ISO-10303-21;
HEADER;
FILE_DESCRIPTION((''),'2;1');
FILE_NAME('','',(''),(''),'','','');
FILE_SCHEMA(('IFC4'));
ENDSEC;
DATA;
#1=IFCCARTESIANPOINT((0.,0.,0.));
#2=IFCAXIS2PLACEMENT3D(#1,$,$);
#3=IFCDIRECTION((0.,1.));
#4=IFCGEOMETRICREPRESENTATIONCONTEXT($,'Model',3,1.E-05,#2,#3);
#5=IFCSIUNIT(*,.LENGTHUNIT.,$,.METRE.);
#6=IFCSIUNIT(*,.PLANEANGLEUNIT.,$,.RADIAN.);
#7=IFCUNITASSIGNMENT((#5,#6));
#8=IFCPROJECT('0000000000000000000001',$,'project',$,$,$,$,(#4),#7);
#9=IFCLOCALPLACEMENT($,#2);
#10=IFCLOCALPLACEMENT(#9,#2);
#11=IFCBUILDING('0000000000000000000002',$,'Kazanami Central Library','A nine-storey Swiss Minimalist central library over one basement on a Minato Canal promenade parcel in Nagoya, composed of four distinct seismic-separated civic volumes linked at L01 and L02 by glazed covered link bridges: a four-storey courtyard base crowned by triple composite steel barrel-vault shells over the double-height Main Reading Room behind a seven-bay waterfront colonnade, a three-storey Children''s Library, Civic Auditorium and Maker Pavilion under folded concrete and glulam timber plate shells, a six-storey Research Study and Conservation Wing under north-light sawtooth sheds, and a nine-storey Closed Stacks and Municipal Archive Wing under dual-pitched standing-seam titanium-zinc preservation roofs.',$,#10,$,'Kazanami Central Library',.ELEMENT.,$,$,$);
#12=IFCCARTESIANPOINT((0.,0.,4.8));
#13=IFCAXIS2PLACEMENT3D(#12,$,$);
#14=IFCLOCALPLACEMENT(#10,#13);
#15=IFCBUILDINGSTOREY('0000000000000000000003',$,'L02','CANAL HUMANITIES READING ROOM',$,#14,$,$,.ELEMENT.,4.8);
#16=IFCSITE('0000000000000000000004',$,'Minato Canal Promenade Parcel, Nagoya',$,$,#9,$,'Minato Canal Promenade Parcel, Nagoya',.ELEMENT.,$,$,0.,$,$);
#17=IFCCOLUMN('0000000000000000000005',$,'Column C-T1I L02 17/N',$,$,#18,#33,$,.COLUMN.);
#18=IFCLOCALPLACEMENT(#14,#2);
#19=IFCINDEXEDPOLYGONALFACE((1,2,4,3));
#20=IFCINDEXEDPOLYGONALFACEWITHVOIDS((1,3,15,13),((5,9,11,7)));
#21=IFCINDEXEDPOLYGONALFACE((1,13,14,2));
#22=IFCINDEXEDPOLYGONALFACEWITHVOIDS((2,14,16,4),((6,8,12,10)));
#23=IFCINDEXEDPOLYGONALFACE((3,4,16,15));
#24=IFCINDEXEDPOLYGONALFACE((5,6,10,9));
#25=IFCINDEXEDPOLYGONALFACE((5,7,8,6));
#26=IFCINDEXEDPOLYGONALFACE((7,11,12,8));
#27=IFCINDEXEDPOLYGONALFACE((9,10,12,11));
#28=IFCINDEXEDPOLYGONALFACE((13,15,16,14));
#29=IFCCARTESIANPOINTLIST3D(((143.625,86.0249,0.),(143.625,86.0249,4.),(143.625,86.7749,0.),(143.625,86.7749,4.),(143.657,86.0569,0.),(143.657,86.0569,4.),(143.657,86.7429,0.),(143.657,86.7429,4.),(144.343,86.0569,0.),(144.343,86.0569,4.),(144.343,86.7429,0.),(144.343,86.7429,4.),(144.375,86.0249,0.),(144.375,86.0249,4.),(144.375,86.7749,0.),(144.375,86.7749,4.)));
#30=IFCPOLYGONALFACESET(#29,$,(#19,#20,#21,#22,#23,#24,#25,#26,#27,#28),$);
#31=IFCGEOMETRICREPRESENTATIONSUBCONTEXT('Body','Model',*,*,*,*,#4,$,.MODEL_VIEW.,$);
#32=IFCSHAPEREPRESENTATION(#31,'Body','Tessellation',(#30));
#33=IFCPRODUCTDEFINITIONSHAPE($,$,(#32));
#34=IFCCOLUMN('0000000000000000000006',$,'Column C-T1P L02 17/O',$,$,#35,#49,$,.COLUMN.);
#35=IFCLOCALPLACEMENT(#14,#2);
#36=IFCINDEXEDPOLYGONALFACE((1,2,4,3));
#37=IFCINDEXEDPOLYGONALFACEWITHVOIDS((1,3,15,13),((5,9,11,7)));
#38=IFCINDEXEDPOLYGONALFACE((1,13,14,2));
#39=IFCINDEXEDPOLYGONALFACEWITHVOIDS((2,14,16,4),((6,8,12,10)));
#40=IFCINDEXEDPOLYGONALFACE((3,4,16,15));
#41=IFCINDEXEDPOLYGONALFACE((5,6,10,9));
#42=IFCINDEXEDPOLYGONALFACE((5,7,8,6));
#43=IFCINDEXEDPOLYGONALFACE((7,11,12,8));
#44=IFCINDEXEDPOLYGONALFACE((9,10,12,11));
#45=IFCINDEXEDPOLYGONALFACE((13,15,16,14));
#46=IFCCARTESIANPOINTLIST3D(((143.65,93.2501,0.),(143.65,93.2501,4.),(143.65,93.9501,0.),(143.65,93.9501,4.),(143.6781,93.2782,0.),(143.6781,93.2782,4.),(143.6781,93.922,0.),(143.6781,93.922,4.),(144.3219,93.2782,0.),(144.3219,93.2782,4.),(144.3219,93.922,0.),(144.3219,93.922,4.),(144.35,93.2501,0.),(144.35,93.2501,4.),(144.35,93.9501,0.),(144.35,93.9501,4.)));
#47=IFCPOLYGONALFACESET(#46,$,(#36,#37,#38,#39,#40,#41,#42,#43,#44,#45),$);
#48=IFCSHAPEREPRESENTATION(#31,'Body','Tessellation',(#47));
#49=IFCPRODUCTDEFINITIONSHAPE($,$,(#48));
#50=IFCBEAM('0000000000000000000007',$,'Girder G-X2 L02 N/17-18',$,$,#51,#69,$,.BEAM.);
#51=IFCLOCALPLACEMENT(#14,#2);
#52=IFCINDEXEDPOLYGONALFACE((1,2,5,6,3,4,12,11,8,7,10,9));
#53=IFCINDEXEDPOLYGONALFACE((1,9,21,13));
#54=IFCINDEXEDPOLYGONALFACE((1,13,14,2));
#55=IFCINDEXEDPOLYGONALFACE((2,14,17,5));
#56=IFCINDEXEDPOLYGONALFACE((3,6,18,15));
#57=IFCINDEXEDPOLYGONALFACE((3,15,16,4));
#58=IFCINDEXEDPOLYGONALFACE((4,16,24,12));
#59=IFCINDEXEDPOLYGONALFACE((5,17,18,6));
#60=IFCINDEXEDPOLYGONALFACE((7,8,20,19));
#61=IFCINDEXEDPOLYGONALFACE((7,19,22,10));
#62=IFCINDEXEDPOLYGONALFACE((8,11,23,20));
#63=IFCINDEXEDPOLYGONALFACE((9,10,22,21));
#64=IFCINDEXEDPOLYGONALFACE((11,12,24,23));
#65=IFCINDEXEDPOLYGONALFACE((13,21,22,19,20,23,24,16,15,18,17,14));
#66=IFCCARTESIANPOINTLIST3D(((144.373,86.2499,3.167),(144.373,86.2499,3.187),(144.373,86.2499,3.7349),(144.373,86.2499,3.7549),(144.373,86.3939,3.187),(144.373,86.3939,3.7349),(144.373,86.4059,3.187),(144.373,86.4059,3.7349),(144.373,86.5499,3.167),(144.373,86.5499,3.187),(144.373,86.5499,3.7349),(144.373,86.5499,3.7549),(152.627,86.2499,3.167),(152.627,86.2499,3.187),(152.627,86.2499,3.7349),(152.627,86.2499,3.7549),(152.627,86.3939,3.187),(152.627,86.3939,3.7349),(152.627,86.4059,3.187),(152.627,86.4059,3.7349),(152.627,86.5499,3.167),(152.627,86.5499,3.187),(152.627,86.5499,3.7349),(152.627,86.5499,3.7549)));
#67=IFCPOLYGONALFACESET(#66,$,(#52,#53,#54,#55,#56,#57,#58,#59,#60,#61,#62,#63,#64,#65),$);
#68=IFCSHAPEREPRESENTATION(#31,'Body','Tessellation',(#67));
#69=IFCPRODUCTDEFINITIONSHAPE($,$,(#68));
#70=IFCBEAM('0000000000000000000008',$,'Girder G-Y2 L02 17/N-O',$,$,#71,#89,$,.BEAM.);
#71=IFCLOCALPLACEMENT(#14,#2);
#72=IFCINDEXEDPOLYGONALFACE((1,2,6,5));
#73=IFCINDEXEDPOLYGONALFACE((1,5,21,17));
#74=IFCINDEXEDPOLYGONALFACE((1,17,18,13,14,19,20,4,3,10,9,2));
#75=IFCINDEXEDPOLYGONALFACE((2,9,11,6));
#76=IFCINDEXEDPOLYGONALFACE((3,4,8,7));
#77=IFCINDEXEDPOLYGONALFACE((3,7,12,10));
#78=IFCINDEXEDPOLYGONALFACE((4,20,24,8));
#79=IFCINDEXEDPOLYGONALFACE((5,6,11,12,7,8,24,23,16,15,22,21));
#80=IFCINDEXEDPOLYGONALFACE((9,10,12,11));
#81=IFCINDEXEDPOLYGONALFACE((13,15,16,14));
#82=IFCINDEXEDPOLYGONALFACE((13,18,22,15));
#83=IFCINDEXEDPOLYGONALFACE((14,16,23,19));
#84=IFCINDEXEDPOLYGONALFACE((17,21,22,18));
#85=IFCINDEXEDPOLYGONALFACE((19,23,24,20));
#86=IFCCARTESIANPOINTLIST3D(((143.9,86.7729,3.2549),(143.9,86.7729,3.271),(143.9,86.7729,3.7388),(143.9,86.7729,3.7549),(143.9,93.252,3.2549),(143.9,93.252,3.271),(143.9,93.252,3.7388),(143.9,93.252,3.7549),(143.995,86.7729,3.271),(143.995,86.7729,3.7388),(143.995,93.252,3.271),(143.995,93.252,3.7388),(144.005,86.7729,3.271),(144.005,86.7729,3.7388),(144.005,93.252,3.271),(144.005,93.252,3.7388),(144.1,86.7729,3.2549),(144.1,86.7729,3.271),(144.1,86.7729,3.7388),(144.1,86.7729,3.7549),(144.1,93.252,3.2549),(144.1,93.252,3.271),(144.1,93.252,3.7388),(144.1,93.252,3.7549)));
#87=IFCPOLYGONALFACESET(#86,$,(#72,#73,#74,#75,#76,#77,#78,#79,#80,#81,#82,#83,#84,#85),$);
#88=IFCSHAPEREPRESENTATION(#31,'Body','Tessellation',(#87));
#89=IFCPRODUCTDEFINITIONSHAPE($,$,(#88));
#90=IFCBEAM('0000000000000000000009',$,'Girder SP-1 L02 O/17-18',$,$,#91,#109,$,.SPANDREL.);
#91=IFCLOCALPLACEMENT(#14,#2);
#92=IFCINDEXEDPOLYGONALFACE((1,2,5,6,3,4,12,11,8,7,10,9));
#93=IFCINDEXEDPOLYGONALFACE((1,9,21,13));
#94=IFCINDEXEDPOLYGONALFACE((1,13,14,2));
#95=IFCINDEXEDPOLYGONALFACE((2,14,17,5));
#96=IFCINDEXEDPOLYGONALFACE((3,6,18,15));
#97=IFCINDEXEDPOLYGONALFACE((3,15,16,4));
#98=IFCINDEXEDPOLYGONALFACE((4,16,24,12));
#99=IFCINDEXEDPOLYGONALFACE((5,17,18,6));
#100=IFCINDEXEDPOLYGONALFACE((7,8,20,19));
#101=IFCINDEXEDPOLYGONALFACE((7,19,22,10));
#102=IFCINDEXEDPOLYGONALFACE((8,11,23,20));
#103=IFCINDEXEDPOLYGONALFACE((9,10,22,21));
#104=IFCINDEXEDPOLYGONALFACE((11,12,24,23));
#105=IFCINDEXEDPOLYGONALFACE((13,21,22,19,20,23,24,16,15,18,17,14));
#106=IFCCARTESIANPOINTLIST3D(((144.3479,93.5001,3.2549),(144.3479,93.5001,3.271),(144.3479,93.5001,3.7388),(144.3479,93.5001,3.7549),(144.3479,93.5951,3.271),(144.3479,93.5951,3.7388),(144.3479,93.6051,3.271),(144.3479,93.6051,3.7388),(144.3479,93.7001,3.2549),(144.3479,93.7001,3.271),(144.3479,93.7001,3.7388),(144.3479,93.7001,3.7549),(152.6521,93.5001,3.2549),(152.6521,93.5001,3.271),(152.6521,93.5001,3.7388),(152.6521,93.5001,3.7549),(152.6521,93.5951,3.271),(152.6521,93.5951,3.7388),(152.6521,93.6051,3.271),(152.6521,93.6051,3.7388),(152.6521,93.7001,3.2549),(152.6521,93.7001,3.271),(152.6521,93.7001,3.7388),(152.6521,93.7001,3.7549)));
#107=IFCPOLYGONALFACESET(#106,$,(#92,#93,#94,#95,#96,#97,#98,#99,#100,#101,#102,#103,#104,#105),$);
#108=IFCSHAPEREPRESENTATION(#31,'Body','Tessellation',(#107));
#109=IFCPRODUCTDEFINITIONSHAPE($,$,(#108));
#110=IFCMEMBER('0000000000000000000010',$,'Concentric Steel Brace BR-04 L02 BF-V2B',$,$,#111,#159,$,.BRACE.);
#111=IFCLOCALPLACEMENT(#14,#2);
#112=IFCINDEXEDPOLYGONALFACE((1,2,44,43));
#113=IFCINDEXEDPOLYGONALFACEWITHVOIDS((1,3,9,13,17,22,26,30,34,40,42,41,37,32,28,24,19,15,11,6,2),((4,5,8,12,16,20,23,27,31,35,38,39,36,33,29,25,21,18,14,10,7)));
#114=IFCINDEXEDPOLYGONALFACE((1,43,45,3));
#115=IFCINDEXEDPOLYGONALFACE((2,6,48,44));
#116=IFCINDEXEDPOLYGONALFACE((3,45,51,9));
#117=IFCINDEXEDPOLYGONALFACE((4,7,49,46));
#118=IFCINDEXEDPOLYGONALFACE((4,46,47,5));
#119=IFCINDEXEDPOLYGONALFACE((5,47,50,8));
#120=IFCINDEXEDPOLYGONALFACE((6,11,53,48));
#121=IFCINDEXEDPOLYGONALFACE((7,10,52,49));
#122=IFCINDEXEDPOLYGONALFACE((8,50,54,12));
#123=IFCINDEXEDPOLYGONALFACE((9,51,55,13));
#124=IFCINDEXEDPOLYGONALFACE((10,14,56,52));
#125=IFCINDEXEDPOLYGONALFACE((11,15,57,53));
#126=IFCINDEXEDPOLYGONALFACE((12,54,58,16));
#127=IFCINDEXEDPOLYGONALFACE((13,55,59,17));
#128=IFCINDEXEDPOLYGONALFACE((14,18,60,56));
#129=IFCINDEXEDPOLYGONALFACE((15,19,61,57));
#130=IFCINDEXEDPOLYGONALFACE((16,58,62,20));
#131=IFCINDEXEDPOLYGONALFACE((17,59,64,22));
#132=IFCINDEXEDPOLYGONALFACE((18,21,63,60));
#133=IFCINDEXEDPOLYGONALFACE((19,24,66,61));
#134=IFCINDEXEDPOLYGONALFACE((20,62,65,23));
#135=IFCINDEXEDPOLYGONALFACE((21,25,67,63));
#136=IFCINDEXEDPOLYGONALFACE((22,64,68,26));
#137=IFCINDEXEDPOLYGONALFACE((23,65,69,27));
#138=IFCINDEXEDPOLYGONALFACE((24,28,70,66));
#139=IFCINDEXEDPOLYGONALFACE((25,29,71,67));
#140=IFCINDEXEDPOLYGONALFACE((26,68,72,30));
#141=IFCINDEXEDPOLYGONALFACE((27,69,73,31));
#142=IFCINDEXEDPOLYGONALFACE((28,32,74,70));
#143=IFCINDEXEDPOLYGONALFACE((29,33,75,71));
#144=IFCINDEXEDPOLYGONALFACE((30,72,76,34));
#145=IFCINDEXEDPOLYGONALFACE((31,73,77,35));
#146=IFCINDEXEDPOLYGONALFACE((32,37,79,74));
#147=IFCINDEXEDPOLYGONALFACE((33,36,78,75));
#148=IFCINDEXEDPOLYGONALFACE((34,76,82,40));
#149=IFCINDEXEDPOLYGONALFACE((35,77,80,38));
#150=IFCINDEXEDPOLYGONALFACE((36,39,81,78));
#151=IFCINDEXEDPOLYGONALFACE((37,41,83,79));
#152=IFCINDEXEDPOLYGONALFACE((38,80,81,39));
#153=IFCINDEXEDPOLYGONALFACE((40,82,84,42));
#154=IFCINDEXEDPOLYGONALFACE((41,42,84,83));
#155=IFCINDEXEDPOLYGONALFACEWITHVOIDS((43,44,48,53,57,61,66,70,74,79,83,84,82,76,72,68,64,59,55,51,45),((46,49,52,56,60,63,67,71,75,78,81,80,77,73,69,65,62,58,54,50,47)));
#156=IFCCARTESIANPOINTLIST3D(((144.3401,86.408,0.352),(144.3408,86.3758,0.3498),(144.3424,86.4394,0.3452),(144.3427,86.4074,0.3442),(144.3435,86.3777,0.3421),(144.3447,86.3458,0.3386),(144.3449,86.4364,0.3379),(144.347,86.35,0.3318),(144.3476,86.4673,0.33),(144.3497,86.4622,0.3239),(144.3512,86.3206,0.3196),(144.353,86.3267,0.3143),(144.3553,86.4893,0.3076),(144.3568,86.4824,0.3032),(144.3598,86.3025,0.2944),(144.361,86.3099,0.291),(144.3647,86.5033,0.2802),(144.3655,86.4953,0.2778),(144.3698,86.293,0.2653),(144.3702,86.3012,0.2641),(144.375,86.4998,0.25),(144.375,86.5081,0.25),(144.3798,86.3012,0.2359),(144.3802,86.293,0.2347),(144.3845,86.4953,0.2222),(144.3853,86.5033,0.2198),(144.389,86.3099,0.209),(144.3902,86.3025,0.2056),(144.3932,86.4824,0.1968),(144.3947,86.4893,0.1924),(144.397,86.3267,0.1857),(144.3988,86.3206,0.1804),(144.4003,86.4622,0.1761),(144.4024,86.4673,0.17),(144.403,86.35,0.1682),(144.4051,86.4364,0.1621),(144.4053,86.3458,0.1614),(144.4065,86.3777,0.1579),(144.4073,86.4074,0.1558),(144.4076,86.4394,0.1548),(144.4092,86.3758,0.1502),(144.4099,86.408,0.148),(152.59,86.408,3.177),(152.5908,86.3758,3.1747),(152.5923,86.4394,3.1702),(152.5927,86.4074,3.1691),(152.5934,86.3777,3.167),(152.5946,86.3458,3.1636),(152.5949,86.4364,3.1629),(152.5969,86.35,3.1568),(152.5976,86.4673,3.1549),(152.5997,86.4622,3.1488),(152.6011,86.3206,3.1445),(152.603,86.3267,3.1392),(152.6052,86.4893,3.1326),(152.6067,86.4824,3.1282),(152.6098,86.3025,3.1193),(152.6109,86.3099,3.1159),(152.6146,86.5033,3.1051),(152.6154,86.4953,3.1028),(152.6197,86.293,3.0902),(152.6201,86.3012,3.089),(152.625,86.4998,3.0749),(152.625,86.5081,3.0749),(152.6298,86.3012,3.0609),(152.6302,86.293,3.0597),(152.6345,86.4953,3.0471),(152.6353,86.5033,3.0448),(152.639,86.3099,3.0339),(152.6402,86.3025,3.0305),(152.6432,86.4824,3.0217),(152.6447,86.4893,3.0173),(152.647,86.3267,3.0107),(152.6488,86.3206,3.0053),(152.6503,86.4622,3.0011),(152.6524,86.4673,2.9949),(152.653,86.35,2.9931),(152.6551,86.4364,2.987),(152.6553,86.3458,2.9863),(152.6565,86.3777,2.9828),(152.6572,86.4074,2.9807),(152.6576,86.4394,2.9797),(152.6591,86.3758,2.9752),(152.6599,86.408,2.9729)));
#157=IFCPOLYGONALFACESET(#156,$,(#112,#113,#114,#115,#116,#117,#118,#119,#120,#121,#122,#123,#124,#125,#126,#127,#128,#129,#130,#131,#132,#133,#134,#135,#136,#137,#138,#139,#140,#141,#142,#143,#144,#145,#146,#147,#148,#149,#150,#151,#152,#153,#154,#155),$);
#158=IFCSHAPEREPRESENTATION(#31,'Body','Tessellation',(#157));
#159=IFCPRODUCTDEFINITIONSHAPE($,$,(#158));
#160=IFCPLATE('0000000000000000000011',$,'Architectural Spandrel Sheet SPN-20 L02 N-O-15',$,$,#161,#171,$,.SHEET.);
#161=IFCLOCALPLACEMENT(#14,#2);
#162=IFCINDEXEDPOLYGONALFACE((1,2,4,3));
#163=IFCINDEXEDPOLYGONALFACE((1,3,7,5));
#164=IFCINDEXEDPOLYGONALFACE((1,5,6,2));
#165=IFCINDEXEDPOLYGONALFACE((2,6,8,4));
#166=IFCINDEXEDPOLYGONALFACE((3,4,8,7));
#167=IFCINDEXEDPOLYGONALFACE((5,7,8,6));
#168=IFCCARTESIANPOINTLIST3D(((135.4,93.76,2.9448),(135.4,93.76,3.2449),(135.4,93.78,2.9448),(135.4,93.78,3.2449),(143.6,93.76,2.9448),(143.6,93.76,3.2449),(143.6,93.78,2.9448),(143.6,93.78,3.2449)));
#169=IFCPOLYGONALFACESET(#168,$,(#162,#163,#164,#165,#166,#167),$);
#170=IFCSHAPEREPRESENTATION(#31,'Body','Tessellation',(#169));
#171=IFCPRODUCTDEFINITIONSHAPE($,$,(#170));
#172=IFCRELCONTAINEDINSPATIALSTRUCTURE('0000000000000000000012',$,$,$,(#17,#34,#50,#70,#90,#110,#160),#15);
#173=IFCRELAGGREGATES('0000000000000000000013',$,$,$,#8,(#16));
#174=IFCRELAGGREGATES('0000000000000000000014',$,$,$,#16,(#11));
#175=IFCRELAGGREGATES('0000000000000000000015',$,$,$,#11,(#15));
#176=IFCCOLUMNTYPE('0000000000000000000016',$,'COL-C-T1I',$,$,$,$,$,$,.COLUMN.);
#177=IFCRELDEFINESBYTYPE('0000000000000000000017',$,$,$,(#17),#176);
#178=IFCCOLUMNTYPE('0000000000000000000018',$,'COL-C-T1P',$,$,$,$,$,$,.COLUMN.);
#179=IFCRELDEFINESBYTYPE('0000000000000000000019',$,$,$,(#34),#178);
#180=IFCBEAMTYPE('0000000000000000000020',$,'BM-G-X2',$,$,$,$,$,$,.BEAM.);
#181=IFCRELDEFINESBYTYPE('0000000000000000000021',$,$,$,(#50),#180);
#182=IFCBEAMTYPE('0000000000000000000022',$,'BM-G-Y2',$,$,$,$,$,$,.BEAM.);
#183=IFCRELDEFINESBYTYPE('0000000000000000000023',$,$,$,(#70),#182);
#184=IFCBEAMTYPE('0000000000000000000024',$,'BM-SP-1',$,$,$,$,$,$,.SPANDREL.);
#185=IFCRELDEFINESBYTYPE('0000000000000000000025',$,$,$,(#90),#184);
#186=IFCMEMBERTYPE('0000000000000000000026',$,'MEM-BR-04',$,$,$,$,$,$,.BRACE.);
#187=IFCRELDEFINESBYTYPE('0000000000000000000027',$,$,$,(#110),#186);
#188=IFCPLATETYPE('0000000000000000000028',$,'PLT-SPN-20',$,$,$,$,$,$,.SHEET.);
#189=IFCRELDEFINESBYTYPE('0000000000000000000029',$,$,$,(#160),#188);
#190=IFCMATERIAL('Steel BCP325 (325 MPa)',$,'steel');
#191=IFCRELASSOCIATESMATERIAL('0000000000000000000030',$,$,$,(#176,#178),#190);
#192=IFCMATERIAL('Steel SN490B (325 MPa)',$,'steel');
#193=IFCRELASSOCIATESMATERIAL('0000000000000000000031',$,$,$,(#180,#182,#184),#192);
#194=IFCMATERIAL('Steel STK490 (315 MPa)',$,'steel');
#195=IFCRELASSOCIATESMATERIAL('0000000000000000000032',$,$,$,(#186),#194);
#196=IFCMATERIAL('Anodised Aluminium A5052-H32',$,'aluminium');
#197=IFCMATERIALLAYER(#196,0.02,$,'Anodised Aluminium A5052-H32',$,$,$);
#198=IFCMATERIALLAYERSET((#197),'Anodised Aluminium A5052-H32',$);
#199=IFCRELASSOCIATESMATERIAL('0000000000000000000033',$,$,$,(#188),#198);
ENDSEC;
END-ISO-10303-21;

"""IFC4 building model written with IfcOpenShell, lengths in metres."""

from ifc_helpers import new_model, si_unit, direction, frame, origin, origin_2d, place, context, subcontext, project, spatial, rectangle, hollow_rectangle, hollow_circle, i_section, extrude, material, layer, layer_set, material_profile, profile_set, type_object, element, save


model = new_model("IFC4")

# Units and contexts
model_context = context("Model", 3, precision=1e-05, world=origin(), true_north=direction((0.0, 1.0)))
body_context = subcontext(model_context, "Body", "Model", "MODEL_VIEW")
ifc_project = project(units=[si_unit("LENGTHUNIT", "METRE"), si_unit("PLANEANGLEUNIT", "RADIAN")], contexts=[model_context])

# Site, building, storey
site_placement = place(None, origin())
site = spatial("IfcSite", under=ifc_project, at=site_placement, Name="Minato Canal Promenade Parcel, Nagoya", LongName="Minato Canal Promenade Parcel, Nagoya", CompositionType="ELEMENT", RefElevation=0.0)
building_placement = place(site_placement, origin())
building = spatial("IfcBuilding", under=site, at=building_placement, Name="Kazanami Central Library", Description="A nine-storey Swiss Minimalist central library over one basement on a Minato Canal promenade parcel in Nagoya, composed of four distinct seismic-separated civic volumes linked at L01 and L02 by glazed covered link bridges: a four-storey courtyard base crowned by triple composite steel barrel-vault shells over the double-height Main Reading Room behind a seven-bay waterfront colonnade, a three-storey Children's Library, Civic Auditorium and Maker Pavilion under folded concrete and glulam timber plate shells, a six-storey Research Study and Conservation Wing under north-light sawtooth sheds, and a nine-storey Closed Stacks and Municipal Archive Wing under dual-pitched standing-seam titanium-zinc preservation roofs.", LongName="Kazanami Central Library", CompositionType="ELEMENT")
storey_placement = place(building_placement, frame((0.0, 0.0, 4.8)))
storey = spatial("IfcBuildingStorey", under=building, at=storey_placement, Name="L02", Description="CANAL HUMANITIES READING ROOM", CompositionType="ELEMENT", Elevation=4.8)

# Columns
ifc_material_1 = material(Name="Steel BCP325 (325 MPa)", Category="steel")
ifc_material_profile_1 = material_profile(ifc_material_1, hollow_rectangle(XDim=0.75, YDim=0.75, WallThickness=0.032, at=origin_2d()), Name="BCP-750x750x32")
ifc_profile_set_1 = profile_set([ifc_material_profile_1], Name="Steel BCP325 (325 MPa)")
column_type_1 = type_object("IfcColumnType", Name="COL-C-T1I", PredefinedType="COLUMN", material=ifc_profile_set_1)
column_1_placement = place(storey_placement, frame((144.0, 86.3999, 0.0), z_axis=(0.0, 0.0, 1.0), x_axis=(1.0, 0.0, 0.0)))
element("IfcColumn", 1, at=column_1_placement, inside=storey, type_object=column_type_1, Name="Column C-T1I L02 17/N", PredefinedType="COLUMN", context=body_context, shape_type="SweptSolid", body=[
    extrude(hollow_rectangle(XDim=0.75, YDim=0.75, WallThickness=0.032, at=origin_2d()), origin(), (0.0, 0.0, 1.0), 4.0),
])
ifc_material_profile_2 = material_profile(ifc_material_1, hollow_rectangle(XDim=0.7, YDim=0.7, WallThickness=0.0281, at=origin_2d()), Name="BCP-700x700x28")
ifc_profile_set_2 = profile_set([ifc_material_profile_2], Name="Steel BCP325 (325 MPa)")
column_type_2 = type_object("IfcColumnType", Name="COL-C-T1P", PredefinedType="COLUMN", material=ifc_profile_set_2)
column_2_placement = place(storey_placement, frame((144.0, 93.6001, 0.0), z_axis=(0.0, 0.0, 1.0), x_axis=(1.0, 0.0, 0.0)))
element("IfcColumn", 2, at=column_2_placement, inside=storey, type_object=column_type_2, Name="Column C-T1P L02 17/O", PredefinedType="COLUMN", context=body_context, shape_type="SweptSolid", body=[
    extrude(hollow_rectangle(XDim=0.7, YDim=0.7, WallThickness=0.0281, at=origin_2d()), origin(), (0.0, 0.0, 1.0), 4.0),
])

# Beams
ifc_material_2 = material(Name="Steel SN490B (325 MPa)", Category="steel")
ifc_material_profile_3 = material_profile(ifc_material_2, i_section(OverallWidth=0.3, OverallDepth=0.5879, WebThickness=0.012, FlangeThickness=0.02, at=origin_2d()), Name="H-588x300x12x20")
ifc_profile_set_3 = profile_set([ifc_material_profile_3], Name="Steel SN490B (325 MPa)")
beam_type_1 = type_object("IfcBeamType", Name="BM-G-X2", PredefinedType="BEAM", material=ifc_profile_set_3)
beam_1_placement = place(storey_placement, frame((144.373, 86.3999, 3.4609), z_axis=(1.0, 0.0, 0.0), x_axis=(0.0, 1.0, 0.0)))
element("IfcBeam", 3, at=beam_1_placement, inside=storey, type_object=beam_type_1, Name="Girder G-X2 L02 N/17-18", PredefinedType="BEAM", context=body_context, shape_type="SweptSolid", body=[
    extrude(i_section(OverallWidth=0.3, OverallDepth=0.5879, WebThickness=0.012, FlangeThickness=0.02, at=origin_2d()), origin(), (0.0, 0.0, 1.0), 8.2539),
])
ifc_material_profile_4 = material_profile(ifc_material_2, i_section(OverallWidth=0.2, OverallDepth=0.5, WebThickness=0.01, FlangeThickness=0.0161, at=origin_2d()), Name="H-500x200x10x16")
ifc_profile_set_4 = profile_set([ifc_material_profile_4], Name="Steel SN490B (325 MPa)")
beam_type_2 = type_object("IfcBeamType", Name="BM-G-Y2", PredefinedType="BEAM", material=ifc_profile_set_4)
beam_2_placement = place(storey_placement, frame((144.0, 86.7729, 3.5049), z_axis=(0.0, 1.0, 0.0), x_axis=(-1.0, 0.0, 0.0)))
element("IfcBeam", 4, at=beam_2_placement, inside=storey, type_object=beam_type_2, Name="Girder G-Y2 L02 17/N-O", PredefinedType="BEAM", context=body_context, shape_type="SweptSolid", body=[
    extrude(i_section(OverallWidth=0.2, OverallDepth=0.5, WebThickness=0.01, FlangeThickness=0.0161, at=origin_2d()), origin(), (0.0, 0.0, 1.0), 6.479),
])
ifc_material_profile_5 = material_profile(ifc_material_2, i_section(OverallWidth=0.2, OverallDepth=0.5, WebThickness=0.01, FlangeThickness=0.0161, at=origin_2d()), Name="H-500x200x10x16")
ifc_profile_set_5 = profile_set([ifc_material_profile_5], Name="Steel SN490B (325 MPa)")
beam_type_3 = type_object("IfcBeamType", Name="BM-SP-1", PredefinedType="SPANDREL", material=ifc_profile_set_5)
beam_3_placement = place(storey_placement, frame((144.3479, 93.6001, 3.5049), z_axis=(1.0, 0.0, 0.0), x_axis=(0.0, 1.0, 0.0)))
element("IfcBeam", 5, at=beam_3_placement, inside=storey, type_object=beam_type_3, Name="Girder SP-1 L02 O/17-18", PredefinedType="SPANDREL", context=body_context, shape_type="SweptSolid", body=[
    extrude(i_section(OverallWidth=0.2, OverallDepth=0.5, WebThickness=0.01, FlangeThickness=0.0161, at=origin_2d()), origin(), (0.0, 0.0, 1.0), 8.3042),
])

# Member
ifc_material_3 = material(Name="Steel STK490 (315 MPa)", Category="steel")
ifc_material_profile_6 = material_profile(ifc_material_3, hollow_circle(Radius=0.1082, WallThickness=0.0083, at=origin_2d()), Name="CHS-216.3x8.2")
ifc_profile_set_6 = profile_set([ifc_material_profile_6], Name="Steel STK490 (315 MPa)")
member_type = type_object("IfcMemberType", Name="MEM-BR-04", PredefinedType="BRACE", material=ifc_profile_set_6)
member_placement = place(storey_placement, frame((144.375, 86.3999, 0.25), z_axis=(0.946073, 0.0, 0.323953), x_axis=(0.0, 1.0, 0.0)))
element("IfcMember", 6, at=member_placement, inside=storey, type_object=member_type, Name="Concentric Steel Brace BR-04 L02 BF-V2B", PredefinedType="BRACE", context=body_context, shape_type="SweptSolid", body=[
    extrude(hollow_circle(Radius=0.1082, WallThickness=0.0083, at=origin_2d()), origin(), (0.0, 0.0, 1.0), 8.7202),
])

# Plate
ifc_material_4 = material(Name="Anodised Aluminium A5052-H32", Category="aluminium")
ifc_layer_1 = layer(ifc_material_4, 0.02, Name="Anodised Aluminium A5052-H32")
ifc_layer_set_1 = layer_set([ifc_layer_1], Name="Anodised Aluminium A5052-H32")
plate_type = type_object("IfcPlateType", Name="PLT-SPN-20", PredefinedType="SHEET", material=ifc_layer_set_1)
plate_placement = place(storey_placement, frame((139.5, 93.77, 2.9448), z_axis=(0.0, 0.0, 1.0), x_axis=(-1.0, 0.0, 0.0)))
element("IfcPlate", 7, at=plate_placement, inside=storey, type_object=plate_type, Name="Architectural Spandrel Sheet SPN-20 L02 N-O-15", PredefinedType="SHEET", context=body_context, shape_type="SweptSolid", body=[
    extrude(rectangle(XDim=8.2, YDim=0.02, at=origin_2d()), origin(), (0.0, 0.0, 1.0), 0.3),
])

save(model, "model.ifc")
